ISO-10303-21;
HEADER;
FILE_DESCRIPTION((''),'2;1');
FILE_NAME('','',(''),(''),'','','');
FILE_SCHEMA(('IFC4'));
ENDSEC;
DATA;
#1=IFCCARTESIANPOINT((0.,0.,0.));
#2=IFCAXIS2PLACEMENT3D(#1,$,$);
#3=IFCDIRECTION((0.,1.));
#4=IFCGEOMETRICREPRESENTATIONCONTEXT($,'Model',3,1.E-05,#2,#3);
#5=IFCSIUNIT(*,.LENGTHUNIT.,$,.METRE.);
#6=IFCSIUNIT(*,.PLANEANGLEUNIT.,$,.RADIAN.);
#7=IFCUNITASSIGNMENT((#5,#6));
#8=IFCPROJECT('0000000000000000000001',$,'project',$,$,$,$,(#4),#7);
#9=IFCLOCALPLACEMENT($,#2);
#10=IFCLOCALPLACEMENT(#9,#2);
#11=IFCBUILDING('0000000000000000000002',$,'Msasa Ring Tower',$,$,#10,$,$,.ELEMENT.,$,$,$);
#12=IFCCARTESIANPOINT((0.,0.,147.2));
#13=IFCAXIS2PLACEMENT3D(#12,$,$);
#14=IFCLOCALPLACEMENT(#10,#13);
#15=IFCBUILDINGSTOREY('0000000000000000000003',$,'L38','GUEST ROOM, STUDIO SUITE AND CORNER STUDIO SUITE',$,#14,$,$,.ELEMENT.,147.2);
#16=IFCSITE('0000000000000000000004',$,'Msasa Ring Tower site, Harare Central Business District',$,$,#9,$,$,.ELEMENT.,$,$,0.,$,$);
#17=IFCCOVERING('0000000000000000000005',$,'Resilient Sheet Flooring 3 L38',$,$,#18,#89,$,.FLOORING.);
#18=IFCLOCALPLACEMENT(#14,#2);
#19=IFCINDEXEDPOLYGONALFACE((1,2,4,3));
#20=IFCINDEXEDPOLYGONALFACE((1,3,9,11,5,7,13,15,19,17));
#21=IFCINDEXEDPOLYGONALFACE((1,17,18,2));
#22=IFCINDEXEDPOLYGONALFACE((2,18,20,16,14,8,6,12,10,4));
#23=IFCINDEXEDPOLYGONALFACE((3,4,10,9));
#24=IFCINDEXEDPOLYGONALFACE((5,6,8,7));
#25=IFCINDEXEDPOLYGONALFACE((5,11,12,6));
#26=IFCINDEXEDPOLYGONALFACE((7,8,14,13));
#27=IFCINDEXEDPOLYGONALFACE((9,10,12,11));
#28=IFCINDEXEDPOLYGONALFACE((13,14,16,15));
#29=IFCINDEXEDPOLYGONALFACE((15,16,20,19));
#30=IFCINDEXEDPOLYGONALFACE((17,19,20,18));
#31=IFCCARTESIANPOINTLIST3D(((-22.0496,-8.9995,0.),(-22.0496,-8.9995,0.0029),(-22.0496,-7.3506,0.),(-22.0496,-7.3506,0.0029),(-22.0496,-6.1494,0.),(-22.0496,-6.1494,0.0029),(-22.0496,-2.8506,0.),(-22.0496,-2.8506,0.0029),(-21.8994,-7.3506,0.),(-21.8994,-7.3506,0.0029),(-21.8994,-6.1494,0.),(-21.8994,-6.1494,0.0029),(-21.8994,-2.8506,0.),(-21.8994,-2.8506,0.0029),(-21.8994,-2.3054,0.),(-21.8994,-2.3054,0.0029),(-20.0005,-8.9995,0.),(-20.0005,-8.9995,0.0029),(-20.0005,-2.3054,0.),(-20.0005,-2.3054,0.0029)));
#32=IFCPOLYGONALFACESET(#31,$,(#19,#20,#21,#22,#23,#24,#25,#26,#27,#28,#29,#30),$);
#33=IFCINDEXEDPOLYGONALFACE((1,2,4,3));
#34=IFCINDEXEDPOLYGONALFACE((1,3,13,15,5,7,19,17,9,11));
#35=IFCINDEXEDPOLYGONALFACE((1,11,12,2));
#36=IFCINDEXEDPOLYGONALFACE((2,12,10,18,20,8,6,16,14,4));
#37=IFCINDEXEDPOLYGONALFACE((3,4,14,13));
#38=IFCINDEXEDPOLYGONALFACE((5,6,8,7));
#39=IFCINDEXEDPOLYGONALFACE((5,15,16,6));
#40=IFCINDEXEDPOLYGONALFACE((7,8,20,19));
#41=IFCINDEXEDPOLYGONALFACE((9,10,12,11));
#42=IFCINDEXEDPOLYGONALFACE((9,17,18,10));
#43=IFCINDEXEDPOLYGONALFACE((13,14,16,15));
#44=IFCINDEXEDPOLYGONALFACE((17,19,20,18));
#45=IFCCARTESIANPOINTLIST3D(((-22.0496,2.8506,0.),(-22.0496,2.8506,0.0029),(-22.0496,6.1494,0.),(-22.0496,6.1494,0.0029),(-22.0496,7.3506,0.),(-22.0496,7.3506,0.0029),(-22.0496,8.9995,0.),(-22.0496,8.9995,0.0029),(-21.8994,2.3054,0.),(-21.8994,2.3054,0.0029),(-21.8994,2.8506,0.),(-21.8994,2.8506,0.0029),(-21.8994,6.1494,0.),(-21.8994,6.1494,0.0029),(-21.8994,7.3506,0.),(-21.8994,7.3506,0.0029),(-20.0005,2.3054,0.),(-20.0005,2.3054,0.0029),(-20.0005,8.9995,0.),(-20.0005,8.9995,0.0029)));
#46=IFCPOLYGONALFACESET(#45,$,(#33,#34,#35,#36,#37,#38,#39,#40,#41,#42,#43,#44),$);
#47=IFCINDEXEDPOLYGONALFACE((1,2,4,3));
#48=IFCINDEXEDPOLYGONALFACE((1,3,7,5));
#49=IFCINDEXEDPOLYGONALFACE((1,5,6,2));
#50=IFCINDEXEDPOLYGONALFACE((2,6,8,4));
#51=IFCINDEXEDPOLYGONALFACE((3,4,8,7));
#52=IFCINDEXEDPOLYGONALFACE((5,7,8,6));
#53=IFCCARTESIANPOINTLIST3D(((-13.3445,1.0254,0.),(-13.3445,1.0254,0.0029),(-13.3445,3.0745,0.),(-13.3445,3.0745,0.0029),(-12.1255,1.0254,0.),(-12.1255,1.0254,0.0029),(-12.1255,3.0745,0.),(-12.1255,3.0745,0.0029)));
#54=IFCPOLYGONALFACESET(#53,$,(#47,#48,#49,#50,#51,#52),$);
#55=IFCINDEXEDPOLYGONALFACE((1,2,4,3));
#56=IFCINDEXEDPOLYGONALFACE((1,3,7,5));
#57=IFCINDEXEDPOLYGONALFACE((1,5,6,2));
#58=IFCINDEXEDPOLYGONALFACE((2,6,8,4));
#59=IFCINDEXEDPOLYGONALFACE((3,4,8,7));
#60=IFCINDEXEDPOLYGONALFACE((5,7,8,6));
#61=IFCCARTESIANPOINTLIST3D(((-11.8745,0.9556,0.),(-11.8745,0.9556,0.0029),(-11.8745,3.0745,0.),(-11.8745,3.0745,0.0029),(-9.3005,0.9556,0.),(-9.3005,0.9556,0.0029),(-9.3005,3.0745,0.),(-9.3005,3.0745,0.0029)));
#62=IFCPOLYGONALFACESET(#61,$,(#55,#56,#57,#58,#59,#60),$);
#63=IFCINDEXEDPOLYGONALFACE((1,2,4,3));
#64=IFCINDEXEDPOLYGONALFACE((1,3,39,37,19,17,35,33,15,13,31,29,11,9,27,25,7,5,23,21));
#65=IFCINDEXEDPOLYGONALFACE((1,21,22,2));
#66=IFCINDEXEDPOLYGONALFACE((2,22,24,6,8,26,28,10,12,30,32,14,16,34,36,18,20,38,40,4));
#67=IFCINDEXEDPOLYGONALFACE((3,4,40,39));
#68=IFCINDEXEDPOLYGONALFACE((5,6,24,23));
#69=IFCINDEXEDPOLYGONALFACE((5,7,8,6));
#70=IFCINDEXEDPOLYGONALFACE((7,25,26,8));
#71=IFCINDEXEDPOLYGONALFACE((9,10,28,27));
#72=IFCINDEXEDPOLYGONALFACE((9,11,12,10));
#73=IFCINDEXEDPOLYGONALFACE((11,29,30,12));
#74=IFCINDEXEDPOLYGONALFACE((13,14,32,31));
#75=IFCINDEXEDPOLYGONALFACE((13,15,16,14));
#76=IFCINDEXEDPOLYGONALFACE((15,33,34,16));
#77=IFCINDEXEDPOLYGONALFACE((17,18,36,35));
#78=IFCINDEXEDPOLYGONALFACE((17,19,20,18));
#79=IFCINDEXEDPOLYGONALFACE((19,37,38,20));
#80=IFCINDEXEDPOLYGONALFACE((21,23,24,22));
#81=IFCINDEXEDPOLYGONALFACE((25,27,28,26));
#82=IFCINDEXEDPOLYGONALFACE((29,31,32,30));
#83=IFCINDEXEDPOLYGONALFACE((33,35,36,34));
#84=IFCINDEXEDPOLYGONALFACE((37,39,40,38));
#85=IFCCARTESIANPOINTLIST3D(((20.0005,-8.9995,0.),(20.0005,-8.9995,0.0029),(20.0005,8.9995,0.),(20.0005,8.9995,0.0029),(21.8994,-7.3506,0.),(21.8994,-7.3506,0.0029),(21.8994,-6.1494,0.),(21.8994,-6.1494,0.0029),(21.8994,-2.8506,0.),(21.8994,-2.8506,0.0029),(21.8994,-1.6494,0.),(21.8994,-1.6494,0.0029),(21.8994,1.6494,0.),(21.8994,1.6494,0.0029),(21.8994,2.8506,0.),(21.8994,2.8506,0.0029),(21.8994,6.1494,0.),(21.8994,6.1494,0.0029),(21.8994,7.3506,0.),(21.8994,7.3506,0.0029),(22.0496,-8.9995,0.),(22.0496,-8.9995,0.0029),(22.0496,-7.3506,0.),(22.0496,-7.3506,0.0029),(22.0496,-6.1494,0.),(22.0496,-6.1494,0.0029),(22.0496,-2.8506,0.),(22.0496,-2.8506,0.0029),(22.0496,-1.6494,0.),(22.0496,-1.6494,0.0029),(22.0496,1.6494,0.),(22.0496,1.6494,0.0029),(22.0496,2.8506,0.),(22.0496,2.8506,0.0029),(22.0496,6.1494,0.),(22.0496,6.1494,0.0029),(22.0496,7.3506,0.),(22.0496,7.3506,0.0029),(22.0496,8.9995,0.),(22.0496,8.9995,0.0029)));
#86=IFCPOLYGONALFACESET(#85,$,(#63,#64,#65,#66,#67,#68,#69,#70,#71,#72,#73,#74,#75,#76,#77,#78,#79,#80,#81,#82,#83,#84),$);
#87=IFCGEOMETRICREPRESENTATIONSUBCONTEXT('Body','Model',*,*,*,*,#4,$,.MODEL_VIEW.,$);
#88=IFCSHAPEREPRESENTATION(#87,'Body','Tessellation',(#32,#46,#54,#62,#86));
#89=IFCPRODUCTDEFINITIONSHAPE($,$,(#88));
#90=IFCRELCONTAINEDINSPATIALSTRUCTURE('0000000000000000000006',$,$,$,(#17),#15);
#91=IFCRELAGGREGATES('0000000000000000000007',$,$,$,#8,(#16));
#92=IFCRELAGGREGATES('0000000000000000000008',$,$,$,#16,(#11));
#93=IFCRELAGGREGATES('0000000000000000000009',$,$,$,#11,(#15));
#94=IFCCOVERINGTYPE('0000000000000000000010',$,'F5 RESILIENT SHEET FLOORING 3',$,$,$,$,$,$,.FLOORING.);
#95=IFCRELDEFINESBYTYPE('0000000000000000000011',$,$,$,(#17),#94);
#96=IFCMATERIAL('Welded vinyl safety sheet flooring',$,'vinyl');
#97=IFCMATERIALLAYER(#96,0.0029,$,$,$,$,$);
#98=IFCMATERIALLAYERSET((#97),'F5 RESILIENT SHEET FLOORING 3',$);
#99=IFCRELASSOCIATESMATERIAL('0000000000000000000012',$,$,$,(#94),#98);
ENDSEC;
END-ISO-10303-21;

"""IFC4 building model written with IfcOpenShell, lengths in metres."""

from ifc_helpers import new_model, si_unit, direction, frame, origin, place, context, subcontext, project, spatial, line, indexed_curve, outline, extrude, material, layer, layer_set, type_object, element, save


model = new_model("IFC4")

# Units and contexts
model_context = context("Model", 3, precision=1e-05, world=origin(), true_north=direction((0.0, 1.0)))
body_context = subcontext(model_context, "Body", "Model", "MODEL_VIEW")
ifc_project = project(units=[si_unit("LENGTHUNIT", "METRE"), si_unit("PLANEANGLEUNIT", "RADIAN")], contexts=[model_context])

# Site, building, storey
site_placement = place(None, origin())
site = spatial("IfcSite", under=ifc_project, at=site_placement, Name="Msasa Ring Tower site, Harare Central Business District", CompositionType="ELEMENT", RefElevation=0.0)
building_placement = place(site_placement, origin())
building = spatial("IfcBuilding", under=site, at=building_placement, Name="Msasa Ring Tower", CompositionType="ELEMENT")
storey_placement = place(building_placement, frame((0.0, 0.0, 147.2)))
storey = spatial("IfcBuildingStorey", under=building, at=storey_placement, Name="L38", Description="GUEST ROOM, STUDIO SUITE AND CORNER STUDIO SUITE", CompositionType="ELEMENT", Elevation=147.2)

# Covering
ifc_material_1 = material(Name="Welded vinyl safety sheet flooring", Category="vinyl")
ifc_layer_1 = layer(ifc_material_1, 0.0029)
ifc_layer_set_1 = layer_set([ifc_layer_1], Name="F5 RESILIENT SHEET FLOORING 3")
covering_type_1 = type_object("IfcCoveringType", Name="F5 RESILIENT SHEET FLOORING 3", PredefinedType="FLOORING", material=ifc_layer_set_1)
covering_1_placement = place(storey_placement, origin())
element("IfcCovering", 1, at=covering_1_placement, inside=storey, type_object=covering_type_1, Name="Resilient Sheet Flooring 3 L38", PredefinedType="FLOORING", context=body_context, shape_type="SweptSolid", body=[
    extrude(outline(indexed_curve([(-20.0005, -2.3054), (-20.0005, -8.9995), (-22.0496, -8.9995), (-22.0496, -7.3506), (-21.8994, -7.3506), (-21.8994, -6.1494), (-22.0496, -6.1494), (-22.0496, -2.8506), (-21.8994, -2.8506), (-21.8994, -2.3054)], segments=[line(1, 2, 3, 4, 5, 6, 7, 8, 9, 10, 1)], self_intersect=False)), origin(), (0.0, 0.0, 1.0), 0.0029),
    extrude(outline(indexed_curve([(-20.0005, 2.3054), (-21.8994, 2.3054), (-21.8994, 2.8506), (-22.0496, 2.8506), (-22.0496, 6.1494), (-21.8994, 6.1494), (-21.8994, 7.3506), (-22.0496, 7.3506), (-22.0496, 8.9995), (-20.0005, 8.9995)], segments=[line(1, 2, 3, 4, 5, 6, 7, 8, 9, 10, 1)], self_intersect=False)), origin(), (0.0, 0.0, 1.0), 0.0029),
    extrude(outline(indexed_curve([(-13.3445, 3.0745), (-12.1255, 3.0745), (-12.1255, 1.0254), (-13.3445, 1.0254)], segments=[line(1, 2, 3, 4, 1)], self_intersect=False)), origin(), (0.0, 0.0, 1.0), 0.0029),
    extrude(outline(indexed_curve([(-11.8745, 0.9556), (-11.8745, 3.0745), (-9.3005, 3.0745), (-9.3005, 0.9556)], segments=[line(1, 2, 3, 4, 1)], self_intersect=False)), origin(), (0.0, 0.0, 1.0), 0.0029),
    extrude(outline(indexed_curve([(22.0496, 7.3506), (21.8994, 7.3506), (21.8994, 6.1494), (22.0496, 6.1494), (22.0496, 2.8506), (21.8994, 2.8506), (21.8994, 1.6494), (22.0496, 1.6494), (22.0496, -1.6494), (21.8994, -1.6494), (21.8994, -2.8506), (22.0496, -2.8506), (22.0496, -6.1494), (21.8994, -6.1494), (21.8994, -7.3506), (22.0496, -7.3506), (22.0496, -8.9995), (20.0005, -8.9995), (20.0005, 8.9995), (22.0496, 8.9995)], segments=[line(1, 2, 3, 4, 5, 6, 7, 8, 9, 10, 11, 12, 13, 14, 15, 16, 17, 18, 19, 20, 1)], self_intersect=False)), origin(), (0.0, 0.0, 1.0), 0.0029),
])

save(model, "model.ifc")
